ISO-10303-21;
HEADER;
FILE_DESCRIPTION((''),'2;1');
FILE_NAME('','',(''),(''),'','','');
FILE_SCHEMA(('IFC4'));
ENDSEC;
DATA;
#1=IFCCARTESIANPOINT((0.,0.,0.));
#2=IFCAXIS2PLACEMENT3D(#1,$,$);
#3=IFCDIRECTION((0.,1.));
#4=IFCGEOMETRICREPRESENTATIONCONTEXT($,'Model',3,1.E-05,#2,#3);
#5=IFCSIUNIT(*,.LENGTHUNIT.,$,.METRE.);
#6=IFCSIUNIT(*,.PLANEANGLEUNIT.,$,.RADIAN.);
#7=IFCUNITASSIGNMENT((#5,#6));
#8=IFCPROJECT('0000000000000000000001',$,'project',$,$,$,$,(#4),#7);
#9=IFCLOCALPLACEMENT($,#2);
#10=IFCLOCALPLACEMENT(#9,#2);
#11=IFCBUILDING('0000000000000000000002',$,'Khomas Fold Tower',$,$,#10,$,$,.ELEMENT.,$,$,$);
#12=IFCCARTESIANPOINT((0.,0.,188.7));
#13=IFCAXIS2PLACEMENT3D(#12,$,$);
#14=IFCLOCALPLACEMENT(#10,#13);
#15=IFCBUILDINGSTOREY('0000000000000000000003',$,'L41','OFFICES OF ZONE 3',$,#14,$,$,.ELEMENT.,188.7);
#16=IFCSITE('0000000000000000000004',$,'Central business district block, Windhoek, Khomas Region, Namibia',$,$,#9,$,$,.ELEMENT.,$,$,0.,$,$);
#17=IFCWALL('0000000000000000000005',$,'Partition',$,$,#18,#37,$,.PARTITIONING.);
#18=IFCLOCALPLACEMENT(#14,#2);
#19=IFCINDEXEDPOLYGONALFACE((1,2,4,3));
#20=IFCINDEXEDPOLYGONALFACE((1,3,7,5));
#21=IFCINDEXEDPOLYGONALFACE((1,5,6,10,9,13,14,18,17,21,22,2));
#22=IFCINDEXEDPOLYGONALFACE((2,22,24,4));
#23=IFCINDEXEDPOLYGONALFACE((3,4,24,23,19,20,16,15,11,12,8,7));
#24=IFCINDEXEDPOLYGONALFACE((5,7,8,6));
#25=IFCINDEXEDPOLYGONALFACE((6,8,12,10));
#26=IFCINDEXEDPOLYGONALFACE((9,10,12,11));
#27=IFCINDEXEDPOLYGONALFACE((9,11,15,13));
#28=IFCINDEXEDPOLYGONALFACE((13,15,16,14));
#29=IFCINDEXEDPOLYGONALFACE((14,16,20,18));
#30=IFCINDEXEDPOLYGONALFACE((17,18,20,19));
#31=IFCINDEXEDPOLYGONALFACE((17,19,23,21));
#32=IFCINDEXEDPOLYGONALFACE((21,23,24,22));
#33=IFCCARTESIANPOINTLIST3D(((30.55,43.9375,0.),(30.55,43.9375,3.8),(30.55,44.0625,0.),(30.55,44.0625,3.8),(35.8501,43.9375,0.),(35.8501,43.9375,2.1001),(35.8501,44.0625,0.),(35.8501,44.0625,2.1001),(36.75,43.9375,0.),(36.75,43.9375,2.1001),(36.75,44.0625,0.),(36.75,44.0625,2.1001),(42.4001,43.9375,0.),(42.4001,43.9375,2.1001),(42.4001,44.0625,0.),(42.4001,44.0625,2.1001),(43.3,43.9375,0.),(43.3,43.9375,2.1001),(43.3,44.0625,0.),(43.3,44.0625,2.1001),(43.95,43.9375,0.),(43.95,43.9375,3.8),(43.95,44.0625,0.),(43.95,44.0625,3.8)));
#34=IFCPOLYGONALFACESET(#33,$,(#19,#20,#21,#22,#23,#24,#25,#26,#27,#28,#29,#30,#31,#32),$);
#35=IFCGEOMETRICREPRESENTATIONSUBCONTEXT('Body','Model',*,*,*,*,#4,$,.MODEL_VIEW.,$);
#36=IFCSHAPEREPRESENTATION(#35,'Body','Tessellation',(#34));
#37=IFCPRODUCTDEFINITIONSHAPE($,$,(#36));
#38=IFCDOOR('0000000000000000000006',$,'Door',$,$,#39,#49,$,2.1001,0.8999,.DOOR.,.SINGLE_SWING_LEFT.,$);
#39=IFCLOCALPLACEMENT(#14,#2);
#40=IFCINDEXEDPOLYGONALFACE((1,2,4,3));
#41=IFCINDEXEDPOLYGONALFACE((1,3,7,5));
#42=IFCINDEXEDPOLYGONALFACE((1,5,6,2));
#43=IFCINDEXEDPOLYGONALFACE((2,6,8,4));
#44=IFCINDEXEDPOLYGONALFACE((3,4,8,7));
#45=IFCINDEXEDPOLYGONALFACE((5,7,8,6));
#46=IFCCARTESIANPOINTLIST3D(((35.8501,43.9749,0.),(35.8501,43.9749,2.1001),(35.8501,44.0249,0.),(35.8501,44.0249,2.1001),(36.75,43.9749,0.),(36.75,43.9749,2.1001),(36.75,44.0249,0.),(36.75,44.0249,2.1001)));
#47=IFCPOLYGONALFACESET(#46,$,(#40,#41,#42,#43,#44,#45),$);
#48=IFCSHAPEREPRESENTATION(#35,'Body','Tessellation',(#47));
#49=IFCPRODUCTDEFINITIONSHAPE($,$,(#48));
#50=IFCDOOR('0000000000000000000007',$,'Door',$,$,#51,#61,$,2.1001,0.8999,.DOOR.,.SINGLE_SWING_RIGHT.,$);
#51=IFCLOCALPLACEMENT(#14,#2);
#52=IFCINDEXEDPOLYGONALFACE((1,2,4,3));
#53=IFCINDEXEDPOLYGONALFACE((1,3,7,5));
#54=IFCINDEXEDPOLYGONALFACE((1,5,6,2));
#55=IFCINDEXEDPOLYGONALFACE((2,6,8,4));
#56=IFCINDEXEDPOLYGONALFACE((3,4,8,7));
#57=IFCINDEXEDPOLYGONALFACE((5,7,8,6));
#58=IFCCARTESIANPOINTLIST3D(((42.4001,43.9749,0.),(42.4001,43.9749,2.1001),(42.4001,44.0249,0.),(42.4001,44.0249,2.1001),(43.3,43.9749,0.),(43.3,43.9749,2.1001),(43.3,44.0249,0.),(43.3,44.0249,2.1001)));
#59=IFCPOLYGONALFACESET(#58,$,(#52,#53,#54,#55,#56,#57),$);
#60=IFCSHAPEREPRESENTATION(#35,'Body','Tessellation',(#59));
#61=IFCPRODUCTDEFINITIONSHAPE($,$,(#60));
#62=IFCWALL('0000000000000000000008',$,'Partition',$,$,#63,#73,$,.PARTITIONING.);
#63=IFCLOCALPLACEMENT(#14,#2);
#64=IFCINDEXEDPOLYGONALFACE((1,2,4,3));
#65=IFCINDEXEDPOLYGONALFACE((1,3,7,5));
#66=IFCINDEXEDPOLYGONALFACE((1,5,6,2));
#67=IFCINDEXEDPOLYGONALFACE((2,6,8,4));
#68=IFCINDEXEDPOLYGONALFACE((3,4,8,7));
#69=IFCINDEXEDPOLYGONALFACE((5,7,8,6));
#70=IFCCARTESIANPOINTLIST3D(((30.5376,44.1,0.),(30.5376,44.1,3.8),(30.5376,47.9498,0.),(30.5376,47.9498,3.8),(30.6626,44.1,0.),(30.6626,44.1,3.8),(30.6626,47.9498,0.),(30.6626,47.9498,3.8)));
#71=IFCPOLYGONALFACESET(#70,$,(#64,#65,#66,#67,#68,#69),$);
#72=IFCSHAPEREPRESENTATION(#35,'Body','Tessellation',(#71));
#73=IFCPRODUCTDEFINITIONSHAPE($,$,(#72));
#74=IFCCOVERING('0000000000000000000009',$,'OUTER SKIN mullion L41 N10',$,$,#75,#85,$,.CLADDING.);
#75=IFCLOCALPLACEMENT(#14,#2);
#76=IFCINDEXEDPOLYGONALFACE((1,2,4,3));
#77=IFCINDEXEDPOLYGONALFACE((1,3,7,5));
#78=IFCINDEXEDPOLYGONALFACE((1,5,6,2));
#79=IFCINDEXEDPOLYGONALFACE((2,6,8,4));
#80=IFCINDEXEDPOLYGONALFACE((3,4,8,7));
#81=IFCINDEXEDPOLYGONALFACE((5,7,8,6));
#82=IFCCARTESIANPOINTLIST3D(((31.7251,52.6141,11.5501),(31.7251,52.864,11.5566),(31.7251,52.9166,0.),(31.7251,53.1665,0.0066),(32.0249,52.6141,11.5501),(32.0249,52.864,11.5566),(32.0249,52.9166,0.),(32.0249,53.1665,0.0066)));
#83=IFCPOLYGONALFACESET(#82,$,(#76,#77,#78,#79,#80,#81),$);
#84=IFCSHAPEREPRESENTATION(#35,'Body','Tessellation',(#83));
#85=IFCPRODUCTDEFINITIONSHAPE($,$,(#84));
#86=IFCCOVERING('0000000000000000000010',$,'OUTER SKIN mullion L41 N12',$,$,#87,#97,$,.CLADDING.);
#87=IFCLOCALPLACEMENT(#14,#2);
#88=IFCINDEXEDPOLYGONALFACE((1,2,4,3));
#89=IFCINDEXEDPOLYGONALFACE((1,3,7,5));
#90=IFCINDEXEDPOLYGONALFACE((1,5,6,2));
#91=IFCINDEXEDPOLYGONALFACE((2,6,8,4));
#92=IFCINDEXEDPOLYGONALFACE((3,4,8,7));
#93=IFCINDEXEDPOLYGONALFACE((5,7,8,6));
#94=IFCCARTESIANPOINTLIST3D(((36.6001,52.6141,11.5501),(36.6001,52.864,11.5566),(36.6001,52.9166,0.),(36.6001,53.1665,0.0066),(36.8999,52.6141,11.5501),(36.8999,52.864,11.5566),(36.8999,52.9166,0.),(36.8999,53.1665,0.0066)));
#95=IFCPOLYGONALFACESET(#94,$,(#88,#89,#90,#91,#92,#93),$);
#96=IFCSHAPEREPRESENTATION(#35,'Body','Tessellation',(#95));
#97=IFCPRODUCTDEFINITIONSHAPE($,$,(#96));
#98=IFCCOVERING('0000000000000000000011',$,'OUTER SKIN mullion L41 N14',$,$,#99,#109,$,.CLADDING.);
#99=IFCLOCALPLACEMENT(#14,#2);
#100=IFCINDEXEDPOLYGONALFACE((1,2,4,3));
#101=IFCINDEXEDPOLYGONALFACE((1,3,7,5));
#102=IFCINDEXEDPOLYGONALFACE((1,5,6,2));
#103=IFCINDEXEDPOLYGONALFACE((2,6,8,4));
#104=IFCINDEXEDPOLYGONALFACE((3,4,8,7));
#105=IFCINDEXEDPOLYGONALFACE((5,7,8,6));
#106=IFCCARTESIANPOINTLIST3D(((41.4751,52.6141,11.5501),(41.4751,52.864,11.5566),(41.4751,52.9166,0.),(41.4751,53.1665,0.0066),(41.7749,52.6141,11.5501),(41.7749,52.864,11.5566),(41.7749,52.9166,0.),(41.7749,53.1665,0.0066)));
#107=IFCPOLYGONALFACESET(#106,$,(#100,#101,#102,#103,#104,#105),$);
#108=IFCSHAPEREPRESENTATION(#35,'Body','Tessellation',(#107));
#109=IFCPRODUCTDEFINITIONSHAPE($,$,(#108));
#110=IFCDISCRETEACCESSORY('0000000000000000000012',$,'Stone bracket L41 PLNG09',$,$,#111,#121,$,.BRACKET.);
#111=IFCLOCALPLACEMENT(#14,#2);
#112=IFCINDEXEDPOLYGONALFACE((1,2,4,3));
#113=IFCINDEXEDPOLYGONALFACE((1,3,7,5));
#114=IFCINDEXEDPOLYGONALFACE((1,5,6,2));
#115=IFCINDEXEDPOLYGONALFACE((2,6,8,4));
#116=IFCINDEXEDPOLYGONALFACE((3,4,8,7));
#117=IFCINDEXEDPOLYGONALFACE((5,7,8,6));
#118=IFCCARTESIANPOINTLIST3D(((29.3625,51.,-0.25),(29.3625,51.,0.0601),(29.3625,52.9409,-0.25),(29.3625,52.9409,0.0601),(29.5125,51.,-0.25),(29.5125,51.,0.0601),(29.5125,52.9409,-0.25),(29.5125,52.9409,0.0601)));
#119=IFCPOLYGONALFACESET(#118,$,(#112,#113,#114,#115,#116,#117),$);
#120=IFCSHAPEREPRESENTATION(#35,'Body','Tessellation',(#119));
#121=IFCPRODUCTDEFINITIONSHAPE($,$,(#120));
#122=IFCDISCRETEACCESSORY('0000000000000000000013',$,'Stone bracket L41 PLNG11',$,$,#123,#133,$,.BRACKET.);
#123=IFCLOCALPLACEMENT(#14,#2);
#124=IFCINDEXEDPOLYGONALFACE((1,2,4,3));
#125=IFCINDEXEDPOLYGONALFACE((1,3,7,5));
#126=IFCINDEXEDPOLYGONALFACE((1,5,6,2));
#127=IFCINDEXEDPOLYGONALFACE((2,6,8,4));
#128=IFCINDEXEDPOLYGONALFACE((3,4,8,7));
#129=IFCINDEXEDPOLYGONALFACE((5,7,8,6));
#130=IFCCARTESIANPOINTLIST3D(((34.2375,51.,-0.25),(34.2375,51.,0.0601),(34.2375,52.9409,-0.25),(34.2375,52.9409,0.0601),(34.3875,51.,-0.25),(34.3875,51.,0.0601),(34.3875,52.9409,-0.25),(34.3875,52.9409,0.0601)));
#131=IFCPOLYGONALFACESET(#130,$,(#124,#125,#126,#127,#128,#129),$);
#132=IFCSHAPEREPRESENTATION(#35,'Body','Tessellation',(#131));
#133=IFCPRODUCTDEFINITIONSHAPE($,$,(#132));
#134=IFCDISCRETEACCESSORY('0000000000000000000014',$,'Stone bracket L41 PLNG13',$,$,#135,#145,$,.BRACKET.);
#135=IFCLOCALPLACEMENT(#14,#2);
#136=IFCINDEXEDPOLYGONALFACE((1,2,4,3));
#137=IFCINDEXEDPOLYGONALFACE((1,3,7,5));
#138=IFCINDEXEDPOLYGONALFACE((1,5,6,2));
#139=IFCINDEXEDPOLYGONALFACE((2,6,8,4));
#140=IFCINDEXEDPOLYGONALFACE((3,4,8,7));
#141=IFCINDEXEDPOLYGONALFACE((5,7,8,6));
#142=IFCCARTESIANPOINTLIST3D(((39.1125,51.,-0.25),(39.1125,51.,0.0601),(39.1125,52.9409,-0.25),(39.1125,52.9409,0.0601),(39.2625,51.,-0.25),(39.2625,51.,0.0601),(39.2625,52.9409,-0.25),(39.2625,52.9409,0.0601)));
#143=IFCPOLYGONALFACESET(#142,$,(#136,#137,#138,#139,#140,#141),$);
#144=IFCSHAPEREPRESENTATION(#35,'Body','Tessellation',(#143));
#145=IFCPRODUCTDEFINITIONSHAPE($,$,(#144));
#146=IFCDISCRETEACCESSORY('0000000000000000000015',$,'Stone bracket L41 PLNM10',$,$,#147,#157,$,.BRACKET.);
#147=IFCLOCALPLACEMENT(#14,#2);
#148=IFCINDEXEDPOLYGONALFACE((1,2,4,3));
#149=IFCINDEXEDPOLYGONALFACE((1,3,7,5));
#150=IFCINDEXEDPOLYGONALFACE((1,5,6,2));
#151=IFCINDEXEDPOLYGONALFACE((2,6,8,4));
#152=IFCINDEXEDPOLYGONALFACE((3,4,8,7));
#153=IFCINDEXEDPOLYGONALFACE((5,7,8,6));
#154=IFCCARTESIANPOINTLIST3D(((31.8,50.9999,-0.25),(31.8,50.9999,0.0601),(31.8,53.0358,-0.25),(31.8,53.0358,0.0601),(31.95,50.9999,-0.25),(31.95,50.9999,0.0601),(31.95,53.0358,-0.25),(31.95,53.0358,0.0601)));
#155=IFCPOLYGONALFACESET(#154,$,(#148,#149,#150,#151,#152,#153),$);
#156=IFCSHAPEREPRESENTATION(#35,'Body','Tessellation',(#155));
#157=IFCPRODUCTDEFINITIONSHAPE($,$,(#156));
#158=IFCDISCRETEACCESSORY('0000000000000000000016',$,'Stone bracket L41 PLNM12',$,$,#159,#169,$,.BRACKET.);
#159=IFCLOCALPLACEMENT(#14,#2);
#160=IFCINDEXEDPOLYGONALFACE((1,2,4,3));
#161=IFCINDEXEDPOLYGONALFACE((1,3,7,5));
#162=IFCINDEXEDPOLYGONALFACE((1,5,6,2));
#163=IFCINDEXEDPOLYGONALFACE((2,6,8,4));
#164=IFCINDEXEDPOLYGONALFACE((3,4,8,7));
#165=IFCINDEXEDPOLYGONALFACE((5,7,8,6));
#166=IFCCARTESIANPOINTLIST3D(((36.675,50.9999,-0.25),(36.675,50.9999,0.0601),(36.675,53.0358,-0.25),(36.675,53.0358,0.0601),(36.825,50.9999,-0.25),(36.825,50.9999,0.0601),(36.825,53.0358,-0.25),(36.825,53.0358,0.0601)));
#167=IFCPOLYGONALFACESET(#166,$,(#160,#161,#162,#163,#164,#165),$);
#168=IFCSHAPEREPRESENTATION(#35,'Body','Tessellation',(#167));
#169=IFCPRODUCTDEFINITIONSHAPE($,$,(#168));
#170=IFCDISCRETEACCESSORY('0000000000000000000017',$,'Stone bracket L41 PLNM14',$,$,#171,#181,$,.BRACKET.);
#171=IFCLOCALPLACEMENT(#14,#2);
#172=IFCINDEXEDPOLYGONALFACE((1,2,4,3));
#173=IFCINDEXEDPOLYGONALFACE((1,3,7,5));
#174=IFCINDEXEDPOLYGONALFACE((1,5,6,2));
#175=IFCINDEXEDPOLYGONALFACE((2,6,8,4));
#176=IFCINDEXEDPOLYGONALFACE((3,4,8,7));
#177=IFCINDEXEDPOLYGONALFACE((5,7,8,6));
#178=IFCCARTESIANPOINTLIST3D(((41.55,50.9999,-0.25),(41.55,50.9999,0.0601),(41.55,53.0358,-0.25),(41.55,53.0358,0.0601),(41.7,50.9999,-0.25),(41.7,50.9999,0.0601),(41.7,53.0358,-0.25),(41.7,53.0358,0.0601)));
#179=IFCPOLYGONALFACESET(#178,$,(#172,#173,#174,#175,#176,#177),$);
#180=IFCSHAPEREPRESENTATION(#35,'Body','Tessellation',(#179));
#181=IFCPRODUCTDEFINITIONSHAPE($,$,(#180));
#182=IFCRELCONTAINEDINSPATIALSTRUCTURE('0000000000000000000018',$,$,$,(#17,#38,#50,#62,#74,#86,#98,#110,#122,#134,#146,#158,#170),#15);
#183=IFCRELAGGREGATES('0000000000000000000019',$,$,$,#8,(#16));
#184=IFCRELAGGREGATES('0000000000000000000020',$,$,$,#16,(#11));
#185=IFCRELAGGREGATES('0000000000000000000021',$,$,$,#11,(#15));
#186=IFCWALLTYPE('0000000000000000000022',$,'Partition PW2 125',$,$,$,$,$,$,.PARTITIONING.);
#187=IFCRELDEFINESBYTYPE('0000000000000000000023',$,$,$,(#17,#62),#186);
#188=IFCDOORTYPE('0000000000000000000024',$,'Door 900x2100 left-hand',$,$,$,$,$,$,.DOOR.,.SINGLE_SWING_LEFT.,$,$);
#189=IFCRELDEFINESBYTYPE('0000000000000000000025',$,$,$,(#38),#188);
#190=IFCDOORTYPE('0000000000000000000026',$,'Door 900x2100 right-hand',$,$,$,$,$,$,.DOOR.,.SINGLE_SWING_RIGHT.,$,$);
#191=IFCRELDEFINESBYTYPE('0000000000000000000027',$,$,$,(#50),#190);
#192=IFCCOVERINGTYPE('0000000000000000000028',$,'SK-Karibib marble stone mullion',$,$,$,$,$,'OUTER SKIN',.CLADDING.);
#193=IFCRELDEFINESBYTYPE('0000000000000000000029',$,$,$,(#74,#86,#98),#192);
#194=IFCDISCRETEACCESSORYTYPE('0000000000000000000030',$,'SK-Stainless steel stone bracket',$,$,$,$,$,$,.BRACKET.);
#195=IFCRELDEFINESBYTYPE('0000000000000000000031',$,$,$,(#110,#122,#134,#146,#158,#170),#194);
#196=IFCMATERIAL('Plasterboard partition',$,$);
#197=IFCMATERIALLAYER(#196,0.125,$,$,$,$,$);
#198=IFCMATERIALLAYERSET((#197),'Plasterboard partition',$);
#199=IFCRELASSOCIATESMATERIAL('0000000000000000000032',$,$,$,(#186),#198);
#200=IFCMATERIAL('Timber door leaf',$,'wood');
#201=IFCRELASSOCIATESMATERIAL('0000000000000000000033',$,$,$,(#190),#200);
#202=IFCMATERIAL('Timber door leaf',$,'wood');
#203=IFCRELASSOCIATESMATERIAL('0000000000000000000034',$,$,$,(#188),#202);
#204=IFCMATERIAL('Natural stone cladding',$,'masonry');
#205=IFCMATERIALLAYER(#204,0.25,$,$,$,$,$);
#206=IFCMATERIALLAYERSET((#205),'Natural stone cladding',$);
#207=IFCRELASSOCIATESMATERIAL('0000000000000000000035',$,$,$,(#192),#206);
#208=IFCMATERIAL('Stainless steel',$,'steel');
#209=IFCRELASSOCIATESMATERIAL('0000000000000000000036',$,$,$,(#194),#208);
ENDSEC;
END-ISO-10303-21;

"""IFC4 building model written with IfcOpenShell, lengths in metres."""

from ifc_helpers import new_model, si_unit, direction, frame, frame_2d, origin, origin_2d, place, context, subcontext, project, spatial, polyline, rectangle, outline, extrude, source, transform, mapped, material, layer, layer_set, type_object, element, fill, save


model = new_model("IFC4")

# Units and contexts
model_context = context("Model", 3, precision=1e-05, world=origin(), true_north=direction((0.0, 1.0)))
body_context = subcontext(model_context, "Body", "Model", "MODEL_VIEW")
ifc_project = project(units=[si_unit("LENGTHUNIT", "METRE"), si_unit("PLANEANGLEUNIT", "RADIAN")], contexts=[model_context])

# Site, building, storey
site_placement = place(None, origin())
site = spatial("IfcSite", under=ifc_project, at=site_placement, Name="Central business district block, Windhoek, Khomas Region, Namibia", CompositionType="ELEMENT", RefElevation=0.0)
building_placement = place(site_placement, origin())
building = spatial("IfcBuilding", under=site, at=building_placement, Name="Khomas Fold Tower", CompositionType="ELEMENT")
storey_placement = place(building_placement, frame((0.0, 0.0, 188.7)))
storey = spatial("IfcBuildingStorey", under=building, at=storey_placement, Name="L41", Description="OFFICES OF ZONE 3", CompositionType="ELEMENT", Elevation=188.7)

# Shared definitions
ifc_material_1 = material(Name="Plasterboard partition")
ifc_layer_1 = layer(ifc_material_1, 0.125)
ifc_layer_set_1 = layer_set([ifc_layer_1], Name="Plasterboard partition")
wall_type_1 = type_object("IfcWallType", Name="Partition PW2 125", PredefinedType="PARTITIONING", material=ifc_layer_set_1)

# Shared definitions
shared_shape_1 = source(origin(), body_context, "Body", "SweptSolid", [
    extrude(rectangle(XDim=0.8999, YDim=2.1001, at=frame_2d((0.45, 1.05))), frame((0.0, 0.0725, 0.0), z_axis=(0.0, -1.0, 0.0), x_axis=(1.0, 0.0, 0.0)), (0.0, 0.0, 1.0), 0.145),
])
ifc_material_2 = material(Name="Timber door leaf", Category="wood")
door_type_1 = type_object("IfcDoorType", Name="Door 900x2100 right-hand", OperationType="SINGLE_SWING_RIGHT", PredefinedType="DOOR", material=ifc_material_2)
shared_shape_2 = source(origin(), body_context, "Body", "SweptSolid", [
    extrude(rectangle(XDim=0.8999, YDim=2.1001, at=frame_2d((0.45, 1.05))), frame((0.0, 0.0249, 0.0), z_axis=(0.0, -1.0, 0.0), x_axis=(1.0, 0.0, 0.0)), (0.0, 0.0, 1.0), 0.05),
])

# Wall, openings, doors
shared_shape_3 = source(origin(), body_context, "Body", "SweptSolid", [
    extrude(rectangle(XDim=13.3999, YDim=0.125, at=frame_2d((6.7, 0.0))), origin(), (0.0, 0.0, 1.0), 3.8),
])
wall_1_placement = place(storey_placement, frame((30.55, 44.0, 0.0), z_axis=(0.0, 0.0, 1.0), x_axis=(1.0, 0.0, 0.0)))
wall_1 = element("IfcWall", 1, at=wall_1_placement, inside=storey, type_object=wall_type_1, Name="Partition", PredefinedType="PARTITIONING", context=body_context, shape_type="MappedRepresentation", body=[
    mapped(shared_shape_3, transform((0.0, 0.0, 0.0))),
])
opening_1_placement = place(wall_1_placement, frame((5.3, 0.0, 0.0)))
opening_1 = element("IfcOpeningElement", 2, at=opening_1_placement, cuts=wall_1, PredefinedType="OPENING", context=body_context, shape_type="MappedRepresentation", body=[
    mapped(shared_shape_1, transform((0.0, 0.0, 0.0))),
])
opening_2_placement = place(wall_1_placement, frame((11.8501, 0.0, 0.0)))
opening_2 = element("IfcOpeningElement", 3, at=opening_2_placement, cuts=wall_1, PredefinedType="OPENING", context=body_context, shape_type="MappedRepresentation", body=[
    mapped(shared_shape_1, transform((0.0, 0.0, 0.0))),
])
ifc_material_3 = material(Name="Timber door leaf", Category="wood")
door_type_2 = type_object("IfcDoorType", Name="Door 900x2100 left-hand", OperationType="SINGLE_SWING_LEFT", PredefinedType="DOOR", material=ifc_material_3)
door_1_placement = place(opening_1_placement, origin())
door_1 = element("IfcDoor", 4, at=door_1_placement, inside=storey, type_object=door_type_2, Name="Door", OperationType="SINGLE_SWING_LEFT", OverallHeight=2.1001, OverallWidth=0.8999, PredefinedType="DOOR", context=body_context, shape_type="MappedRepresentation", body=[
    mapped(shared_shape_2, transform((0.0, 0.0, 0.0))),
])
fill(opening_1, door_1)
door_2_placement = place(opening_2_placement, origin())
door_2 = element("IfcDoor", 5, at=door_2_placement, inside=storey, type_object=door_type_1, Name="Door", OperationType="SINGLE_SWING_RIGHT", OverallHeight=2.1001, OverallWidth=0.8999, PredefinedType="DOOR", context=body_context, shape_type="MappedRepresentation", body=[
    mapped(shared_shape_2, transform((0.0, 0.0, 0.0))),
])
fill(opening_2, door_2)

# Wall
shared_shape_4 = source(origin(), body_context, "Body", "SweptSolid", [
    extrude(rectangle(XDim=3.8499, YDim=0.125, at=frame_2d((1.9248, 0.0))), origin(), (0.0, 0.0, 1.0), 3.8),
])
wall_2_placement = place(storey_placement, frame((30.6001, 44.1001, 0.0), z_axis=(0.0, 0.0, 1.0), x_axis=(0.0, 1.0, 0.0)))
element("IfcWall", 6, at=wall_2_placement, inside=storey, type_object=wall_type_1, Name="Partition", PredefinedType="PARTITIONING", context=body_context, shape_type="MappedRepresentation", body=[
    mapped(shared_shape_4, transform((0.0, 0.0, 0.0))),
])

# Coverings
ifc_material_4 = material(Name="Natural stone cladding", Category="masonry")
ifc_layer_2 = layer(ifc_material_4, 0.25)
ifc_layer_set_2 = layer_set([ifc_layer_2], Name="Natural stone cladding")
covering_type = type_object("IfcCoveringType", Name="SK-Karibib marble stone mullion", ElementType="OUTER SKIN", PredefinedType="CLADDING", material=ifc_layer_set_2)
for number, where, z_axis, x_axis, name in (
    (7, (31.7251, 53.1665, 0.0066), (0.0, 0.999657, 0.026181), (1.0, 0.0, 0.0), "OUTER SKIN mullion L41 N10"),
    (8, (36.6001, 53.1665, 0.0066), (0.0, 0.999657, 0.026181), (1.0, 0.0, 0.0), "OUTER SKIN mullion L41 N12"),
    (9, (41.4751, 53.1665, 0.0066), (0.0, 0.999657, 0.026181), (1.0, 0.0, 0.0), "OUTER SKIN mullion L41 N14"),
):
    element("IfcCovering", number, at=place(storey_placement, frame(where, z_axis=z_axis, x_axis=x_axis)), inside=storey, type_object=covering_type, Name=name, PredefinedType="CLADDING", context=body_context, shape_type="SweptSolid", body=[
        extrude(outline(polyline([(0.0, 0.0), (0.2998, 0.0), (0.2998, -11.554), (0.0, -11.554), (0.0, 0.0)])), origin(), (0.0, 0.0, -1.0), 0.25),
    ])

# Discrete accessories
ifc_material_5 = material(Name="Stainless steel", Category="steel")
discrete_accessory_type = type_object("IfcDiscreteAccessoryType", Name="SK-Stainless steel stone bracket", PredefinedType="BRACKET", material=ifc_material_5)
shared_shape_5 = source(origin(), body_context, "Body", "SweptSolid", [
    extrude(rectangle(XDim=1.9409, YDim=0.1499, at=origin_2d()), origin(), (0.0, 0.0, 1.0), 0.3101),
])
for number, where, z_axis, x_axis, name in (
    (10, (29.4375, 51.9705, -0.25), (0.0, 0.0, 1.0), (0.0, 1.0, 0.0), "Stone bracket L41 PLNG09"),
    (11, (34.3125, 51.9705, -0.25), (0.0, 0.0, 1.0), (0.0, 1.0, 0.0), "Stone bracket L41 PLNG11"),
    (12, (39.1875, 51.9705, -0.25), (0.0, 0.0, 1.0), (0.0, 1.0, 0.0), "Stone bracket L41 PLNG13"),
):
    element("IfcDiscreteAccessory", number, at=place(storey_placement, frame(where, z_axis=z_axis, x_axis=x_axis)), inside=storey, type_object=discrete_accessory_type, Name=name, PredefinedType="BRACKET", context=body_context, shape_type="MappedRepresentation", body=[
        mapped(shared_shape_5, transform((0.0, 0.0, 0.0))),
    ])
shared_shape_6 = source(origin(), body_context, "Body", "SweptSolid", [
    extrude(rectangle(XDim=2.0359, YDim=0.1499, at=origin_2d()), origin(), (0.0, 0.0, 1.0), 0.3101),
])
for number, where, z_axis, x_axis, name in (
    (13, (31.875, 52.0178, -0.25), (0.0, 0.0, 1.0), (0.0, 1.0, 0.0), "Stone bracket L41 PLNM10"),
    (14, (36.75, 52.0178, -0.25), (0.0, 0.0, 1.0), (0.0, 1.0, 0.0), "Stone bracket L41 PLNM12"),
    (15, (41.625, 52.0178, -0.25), (0.0, 0.0, 1.0), (0.0, 1.0, 0.0), "Stone bracket L41 PLNM14"),
):
    element("IfcDiscreteAccessory", number, at=place(storey_placement, frame(where, z_axis=z_axis, x_axis=x_axis)), inside=storey, type_object=discrete_accessory_type, Name=name, PredefinedType="BRACKET", context=body_context, shape_type="MappedRepresentation", body=[
        mapped(shared_shape_6, transform((0.0, 0.0, 0.0))),
    ])

save(model, "model.ifc")
